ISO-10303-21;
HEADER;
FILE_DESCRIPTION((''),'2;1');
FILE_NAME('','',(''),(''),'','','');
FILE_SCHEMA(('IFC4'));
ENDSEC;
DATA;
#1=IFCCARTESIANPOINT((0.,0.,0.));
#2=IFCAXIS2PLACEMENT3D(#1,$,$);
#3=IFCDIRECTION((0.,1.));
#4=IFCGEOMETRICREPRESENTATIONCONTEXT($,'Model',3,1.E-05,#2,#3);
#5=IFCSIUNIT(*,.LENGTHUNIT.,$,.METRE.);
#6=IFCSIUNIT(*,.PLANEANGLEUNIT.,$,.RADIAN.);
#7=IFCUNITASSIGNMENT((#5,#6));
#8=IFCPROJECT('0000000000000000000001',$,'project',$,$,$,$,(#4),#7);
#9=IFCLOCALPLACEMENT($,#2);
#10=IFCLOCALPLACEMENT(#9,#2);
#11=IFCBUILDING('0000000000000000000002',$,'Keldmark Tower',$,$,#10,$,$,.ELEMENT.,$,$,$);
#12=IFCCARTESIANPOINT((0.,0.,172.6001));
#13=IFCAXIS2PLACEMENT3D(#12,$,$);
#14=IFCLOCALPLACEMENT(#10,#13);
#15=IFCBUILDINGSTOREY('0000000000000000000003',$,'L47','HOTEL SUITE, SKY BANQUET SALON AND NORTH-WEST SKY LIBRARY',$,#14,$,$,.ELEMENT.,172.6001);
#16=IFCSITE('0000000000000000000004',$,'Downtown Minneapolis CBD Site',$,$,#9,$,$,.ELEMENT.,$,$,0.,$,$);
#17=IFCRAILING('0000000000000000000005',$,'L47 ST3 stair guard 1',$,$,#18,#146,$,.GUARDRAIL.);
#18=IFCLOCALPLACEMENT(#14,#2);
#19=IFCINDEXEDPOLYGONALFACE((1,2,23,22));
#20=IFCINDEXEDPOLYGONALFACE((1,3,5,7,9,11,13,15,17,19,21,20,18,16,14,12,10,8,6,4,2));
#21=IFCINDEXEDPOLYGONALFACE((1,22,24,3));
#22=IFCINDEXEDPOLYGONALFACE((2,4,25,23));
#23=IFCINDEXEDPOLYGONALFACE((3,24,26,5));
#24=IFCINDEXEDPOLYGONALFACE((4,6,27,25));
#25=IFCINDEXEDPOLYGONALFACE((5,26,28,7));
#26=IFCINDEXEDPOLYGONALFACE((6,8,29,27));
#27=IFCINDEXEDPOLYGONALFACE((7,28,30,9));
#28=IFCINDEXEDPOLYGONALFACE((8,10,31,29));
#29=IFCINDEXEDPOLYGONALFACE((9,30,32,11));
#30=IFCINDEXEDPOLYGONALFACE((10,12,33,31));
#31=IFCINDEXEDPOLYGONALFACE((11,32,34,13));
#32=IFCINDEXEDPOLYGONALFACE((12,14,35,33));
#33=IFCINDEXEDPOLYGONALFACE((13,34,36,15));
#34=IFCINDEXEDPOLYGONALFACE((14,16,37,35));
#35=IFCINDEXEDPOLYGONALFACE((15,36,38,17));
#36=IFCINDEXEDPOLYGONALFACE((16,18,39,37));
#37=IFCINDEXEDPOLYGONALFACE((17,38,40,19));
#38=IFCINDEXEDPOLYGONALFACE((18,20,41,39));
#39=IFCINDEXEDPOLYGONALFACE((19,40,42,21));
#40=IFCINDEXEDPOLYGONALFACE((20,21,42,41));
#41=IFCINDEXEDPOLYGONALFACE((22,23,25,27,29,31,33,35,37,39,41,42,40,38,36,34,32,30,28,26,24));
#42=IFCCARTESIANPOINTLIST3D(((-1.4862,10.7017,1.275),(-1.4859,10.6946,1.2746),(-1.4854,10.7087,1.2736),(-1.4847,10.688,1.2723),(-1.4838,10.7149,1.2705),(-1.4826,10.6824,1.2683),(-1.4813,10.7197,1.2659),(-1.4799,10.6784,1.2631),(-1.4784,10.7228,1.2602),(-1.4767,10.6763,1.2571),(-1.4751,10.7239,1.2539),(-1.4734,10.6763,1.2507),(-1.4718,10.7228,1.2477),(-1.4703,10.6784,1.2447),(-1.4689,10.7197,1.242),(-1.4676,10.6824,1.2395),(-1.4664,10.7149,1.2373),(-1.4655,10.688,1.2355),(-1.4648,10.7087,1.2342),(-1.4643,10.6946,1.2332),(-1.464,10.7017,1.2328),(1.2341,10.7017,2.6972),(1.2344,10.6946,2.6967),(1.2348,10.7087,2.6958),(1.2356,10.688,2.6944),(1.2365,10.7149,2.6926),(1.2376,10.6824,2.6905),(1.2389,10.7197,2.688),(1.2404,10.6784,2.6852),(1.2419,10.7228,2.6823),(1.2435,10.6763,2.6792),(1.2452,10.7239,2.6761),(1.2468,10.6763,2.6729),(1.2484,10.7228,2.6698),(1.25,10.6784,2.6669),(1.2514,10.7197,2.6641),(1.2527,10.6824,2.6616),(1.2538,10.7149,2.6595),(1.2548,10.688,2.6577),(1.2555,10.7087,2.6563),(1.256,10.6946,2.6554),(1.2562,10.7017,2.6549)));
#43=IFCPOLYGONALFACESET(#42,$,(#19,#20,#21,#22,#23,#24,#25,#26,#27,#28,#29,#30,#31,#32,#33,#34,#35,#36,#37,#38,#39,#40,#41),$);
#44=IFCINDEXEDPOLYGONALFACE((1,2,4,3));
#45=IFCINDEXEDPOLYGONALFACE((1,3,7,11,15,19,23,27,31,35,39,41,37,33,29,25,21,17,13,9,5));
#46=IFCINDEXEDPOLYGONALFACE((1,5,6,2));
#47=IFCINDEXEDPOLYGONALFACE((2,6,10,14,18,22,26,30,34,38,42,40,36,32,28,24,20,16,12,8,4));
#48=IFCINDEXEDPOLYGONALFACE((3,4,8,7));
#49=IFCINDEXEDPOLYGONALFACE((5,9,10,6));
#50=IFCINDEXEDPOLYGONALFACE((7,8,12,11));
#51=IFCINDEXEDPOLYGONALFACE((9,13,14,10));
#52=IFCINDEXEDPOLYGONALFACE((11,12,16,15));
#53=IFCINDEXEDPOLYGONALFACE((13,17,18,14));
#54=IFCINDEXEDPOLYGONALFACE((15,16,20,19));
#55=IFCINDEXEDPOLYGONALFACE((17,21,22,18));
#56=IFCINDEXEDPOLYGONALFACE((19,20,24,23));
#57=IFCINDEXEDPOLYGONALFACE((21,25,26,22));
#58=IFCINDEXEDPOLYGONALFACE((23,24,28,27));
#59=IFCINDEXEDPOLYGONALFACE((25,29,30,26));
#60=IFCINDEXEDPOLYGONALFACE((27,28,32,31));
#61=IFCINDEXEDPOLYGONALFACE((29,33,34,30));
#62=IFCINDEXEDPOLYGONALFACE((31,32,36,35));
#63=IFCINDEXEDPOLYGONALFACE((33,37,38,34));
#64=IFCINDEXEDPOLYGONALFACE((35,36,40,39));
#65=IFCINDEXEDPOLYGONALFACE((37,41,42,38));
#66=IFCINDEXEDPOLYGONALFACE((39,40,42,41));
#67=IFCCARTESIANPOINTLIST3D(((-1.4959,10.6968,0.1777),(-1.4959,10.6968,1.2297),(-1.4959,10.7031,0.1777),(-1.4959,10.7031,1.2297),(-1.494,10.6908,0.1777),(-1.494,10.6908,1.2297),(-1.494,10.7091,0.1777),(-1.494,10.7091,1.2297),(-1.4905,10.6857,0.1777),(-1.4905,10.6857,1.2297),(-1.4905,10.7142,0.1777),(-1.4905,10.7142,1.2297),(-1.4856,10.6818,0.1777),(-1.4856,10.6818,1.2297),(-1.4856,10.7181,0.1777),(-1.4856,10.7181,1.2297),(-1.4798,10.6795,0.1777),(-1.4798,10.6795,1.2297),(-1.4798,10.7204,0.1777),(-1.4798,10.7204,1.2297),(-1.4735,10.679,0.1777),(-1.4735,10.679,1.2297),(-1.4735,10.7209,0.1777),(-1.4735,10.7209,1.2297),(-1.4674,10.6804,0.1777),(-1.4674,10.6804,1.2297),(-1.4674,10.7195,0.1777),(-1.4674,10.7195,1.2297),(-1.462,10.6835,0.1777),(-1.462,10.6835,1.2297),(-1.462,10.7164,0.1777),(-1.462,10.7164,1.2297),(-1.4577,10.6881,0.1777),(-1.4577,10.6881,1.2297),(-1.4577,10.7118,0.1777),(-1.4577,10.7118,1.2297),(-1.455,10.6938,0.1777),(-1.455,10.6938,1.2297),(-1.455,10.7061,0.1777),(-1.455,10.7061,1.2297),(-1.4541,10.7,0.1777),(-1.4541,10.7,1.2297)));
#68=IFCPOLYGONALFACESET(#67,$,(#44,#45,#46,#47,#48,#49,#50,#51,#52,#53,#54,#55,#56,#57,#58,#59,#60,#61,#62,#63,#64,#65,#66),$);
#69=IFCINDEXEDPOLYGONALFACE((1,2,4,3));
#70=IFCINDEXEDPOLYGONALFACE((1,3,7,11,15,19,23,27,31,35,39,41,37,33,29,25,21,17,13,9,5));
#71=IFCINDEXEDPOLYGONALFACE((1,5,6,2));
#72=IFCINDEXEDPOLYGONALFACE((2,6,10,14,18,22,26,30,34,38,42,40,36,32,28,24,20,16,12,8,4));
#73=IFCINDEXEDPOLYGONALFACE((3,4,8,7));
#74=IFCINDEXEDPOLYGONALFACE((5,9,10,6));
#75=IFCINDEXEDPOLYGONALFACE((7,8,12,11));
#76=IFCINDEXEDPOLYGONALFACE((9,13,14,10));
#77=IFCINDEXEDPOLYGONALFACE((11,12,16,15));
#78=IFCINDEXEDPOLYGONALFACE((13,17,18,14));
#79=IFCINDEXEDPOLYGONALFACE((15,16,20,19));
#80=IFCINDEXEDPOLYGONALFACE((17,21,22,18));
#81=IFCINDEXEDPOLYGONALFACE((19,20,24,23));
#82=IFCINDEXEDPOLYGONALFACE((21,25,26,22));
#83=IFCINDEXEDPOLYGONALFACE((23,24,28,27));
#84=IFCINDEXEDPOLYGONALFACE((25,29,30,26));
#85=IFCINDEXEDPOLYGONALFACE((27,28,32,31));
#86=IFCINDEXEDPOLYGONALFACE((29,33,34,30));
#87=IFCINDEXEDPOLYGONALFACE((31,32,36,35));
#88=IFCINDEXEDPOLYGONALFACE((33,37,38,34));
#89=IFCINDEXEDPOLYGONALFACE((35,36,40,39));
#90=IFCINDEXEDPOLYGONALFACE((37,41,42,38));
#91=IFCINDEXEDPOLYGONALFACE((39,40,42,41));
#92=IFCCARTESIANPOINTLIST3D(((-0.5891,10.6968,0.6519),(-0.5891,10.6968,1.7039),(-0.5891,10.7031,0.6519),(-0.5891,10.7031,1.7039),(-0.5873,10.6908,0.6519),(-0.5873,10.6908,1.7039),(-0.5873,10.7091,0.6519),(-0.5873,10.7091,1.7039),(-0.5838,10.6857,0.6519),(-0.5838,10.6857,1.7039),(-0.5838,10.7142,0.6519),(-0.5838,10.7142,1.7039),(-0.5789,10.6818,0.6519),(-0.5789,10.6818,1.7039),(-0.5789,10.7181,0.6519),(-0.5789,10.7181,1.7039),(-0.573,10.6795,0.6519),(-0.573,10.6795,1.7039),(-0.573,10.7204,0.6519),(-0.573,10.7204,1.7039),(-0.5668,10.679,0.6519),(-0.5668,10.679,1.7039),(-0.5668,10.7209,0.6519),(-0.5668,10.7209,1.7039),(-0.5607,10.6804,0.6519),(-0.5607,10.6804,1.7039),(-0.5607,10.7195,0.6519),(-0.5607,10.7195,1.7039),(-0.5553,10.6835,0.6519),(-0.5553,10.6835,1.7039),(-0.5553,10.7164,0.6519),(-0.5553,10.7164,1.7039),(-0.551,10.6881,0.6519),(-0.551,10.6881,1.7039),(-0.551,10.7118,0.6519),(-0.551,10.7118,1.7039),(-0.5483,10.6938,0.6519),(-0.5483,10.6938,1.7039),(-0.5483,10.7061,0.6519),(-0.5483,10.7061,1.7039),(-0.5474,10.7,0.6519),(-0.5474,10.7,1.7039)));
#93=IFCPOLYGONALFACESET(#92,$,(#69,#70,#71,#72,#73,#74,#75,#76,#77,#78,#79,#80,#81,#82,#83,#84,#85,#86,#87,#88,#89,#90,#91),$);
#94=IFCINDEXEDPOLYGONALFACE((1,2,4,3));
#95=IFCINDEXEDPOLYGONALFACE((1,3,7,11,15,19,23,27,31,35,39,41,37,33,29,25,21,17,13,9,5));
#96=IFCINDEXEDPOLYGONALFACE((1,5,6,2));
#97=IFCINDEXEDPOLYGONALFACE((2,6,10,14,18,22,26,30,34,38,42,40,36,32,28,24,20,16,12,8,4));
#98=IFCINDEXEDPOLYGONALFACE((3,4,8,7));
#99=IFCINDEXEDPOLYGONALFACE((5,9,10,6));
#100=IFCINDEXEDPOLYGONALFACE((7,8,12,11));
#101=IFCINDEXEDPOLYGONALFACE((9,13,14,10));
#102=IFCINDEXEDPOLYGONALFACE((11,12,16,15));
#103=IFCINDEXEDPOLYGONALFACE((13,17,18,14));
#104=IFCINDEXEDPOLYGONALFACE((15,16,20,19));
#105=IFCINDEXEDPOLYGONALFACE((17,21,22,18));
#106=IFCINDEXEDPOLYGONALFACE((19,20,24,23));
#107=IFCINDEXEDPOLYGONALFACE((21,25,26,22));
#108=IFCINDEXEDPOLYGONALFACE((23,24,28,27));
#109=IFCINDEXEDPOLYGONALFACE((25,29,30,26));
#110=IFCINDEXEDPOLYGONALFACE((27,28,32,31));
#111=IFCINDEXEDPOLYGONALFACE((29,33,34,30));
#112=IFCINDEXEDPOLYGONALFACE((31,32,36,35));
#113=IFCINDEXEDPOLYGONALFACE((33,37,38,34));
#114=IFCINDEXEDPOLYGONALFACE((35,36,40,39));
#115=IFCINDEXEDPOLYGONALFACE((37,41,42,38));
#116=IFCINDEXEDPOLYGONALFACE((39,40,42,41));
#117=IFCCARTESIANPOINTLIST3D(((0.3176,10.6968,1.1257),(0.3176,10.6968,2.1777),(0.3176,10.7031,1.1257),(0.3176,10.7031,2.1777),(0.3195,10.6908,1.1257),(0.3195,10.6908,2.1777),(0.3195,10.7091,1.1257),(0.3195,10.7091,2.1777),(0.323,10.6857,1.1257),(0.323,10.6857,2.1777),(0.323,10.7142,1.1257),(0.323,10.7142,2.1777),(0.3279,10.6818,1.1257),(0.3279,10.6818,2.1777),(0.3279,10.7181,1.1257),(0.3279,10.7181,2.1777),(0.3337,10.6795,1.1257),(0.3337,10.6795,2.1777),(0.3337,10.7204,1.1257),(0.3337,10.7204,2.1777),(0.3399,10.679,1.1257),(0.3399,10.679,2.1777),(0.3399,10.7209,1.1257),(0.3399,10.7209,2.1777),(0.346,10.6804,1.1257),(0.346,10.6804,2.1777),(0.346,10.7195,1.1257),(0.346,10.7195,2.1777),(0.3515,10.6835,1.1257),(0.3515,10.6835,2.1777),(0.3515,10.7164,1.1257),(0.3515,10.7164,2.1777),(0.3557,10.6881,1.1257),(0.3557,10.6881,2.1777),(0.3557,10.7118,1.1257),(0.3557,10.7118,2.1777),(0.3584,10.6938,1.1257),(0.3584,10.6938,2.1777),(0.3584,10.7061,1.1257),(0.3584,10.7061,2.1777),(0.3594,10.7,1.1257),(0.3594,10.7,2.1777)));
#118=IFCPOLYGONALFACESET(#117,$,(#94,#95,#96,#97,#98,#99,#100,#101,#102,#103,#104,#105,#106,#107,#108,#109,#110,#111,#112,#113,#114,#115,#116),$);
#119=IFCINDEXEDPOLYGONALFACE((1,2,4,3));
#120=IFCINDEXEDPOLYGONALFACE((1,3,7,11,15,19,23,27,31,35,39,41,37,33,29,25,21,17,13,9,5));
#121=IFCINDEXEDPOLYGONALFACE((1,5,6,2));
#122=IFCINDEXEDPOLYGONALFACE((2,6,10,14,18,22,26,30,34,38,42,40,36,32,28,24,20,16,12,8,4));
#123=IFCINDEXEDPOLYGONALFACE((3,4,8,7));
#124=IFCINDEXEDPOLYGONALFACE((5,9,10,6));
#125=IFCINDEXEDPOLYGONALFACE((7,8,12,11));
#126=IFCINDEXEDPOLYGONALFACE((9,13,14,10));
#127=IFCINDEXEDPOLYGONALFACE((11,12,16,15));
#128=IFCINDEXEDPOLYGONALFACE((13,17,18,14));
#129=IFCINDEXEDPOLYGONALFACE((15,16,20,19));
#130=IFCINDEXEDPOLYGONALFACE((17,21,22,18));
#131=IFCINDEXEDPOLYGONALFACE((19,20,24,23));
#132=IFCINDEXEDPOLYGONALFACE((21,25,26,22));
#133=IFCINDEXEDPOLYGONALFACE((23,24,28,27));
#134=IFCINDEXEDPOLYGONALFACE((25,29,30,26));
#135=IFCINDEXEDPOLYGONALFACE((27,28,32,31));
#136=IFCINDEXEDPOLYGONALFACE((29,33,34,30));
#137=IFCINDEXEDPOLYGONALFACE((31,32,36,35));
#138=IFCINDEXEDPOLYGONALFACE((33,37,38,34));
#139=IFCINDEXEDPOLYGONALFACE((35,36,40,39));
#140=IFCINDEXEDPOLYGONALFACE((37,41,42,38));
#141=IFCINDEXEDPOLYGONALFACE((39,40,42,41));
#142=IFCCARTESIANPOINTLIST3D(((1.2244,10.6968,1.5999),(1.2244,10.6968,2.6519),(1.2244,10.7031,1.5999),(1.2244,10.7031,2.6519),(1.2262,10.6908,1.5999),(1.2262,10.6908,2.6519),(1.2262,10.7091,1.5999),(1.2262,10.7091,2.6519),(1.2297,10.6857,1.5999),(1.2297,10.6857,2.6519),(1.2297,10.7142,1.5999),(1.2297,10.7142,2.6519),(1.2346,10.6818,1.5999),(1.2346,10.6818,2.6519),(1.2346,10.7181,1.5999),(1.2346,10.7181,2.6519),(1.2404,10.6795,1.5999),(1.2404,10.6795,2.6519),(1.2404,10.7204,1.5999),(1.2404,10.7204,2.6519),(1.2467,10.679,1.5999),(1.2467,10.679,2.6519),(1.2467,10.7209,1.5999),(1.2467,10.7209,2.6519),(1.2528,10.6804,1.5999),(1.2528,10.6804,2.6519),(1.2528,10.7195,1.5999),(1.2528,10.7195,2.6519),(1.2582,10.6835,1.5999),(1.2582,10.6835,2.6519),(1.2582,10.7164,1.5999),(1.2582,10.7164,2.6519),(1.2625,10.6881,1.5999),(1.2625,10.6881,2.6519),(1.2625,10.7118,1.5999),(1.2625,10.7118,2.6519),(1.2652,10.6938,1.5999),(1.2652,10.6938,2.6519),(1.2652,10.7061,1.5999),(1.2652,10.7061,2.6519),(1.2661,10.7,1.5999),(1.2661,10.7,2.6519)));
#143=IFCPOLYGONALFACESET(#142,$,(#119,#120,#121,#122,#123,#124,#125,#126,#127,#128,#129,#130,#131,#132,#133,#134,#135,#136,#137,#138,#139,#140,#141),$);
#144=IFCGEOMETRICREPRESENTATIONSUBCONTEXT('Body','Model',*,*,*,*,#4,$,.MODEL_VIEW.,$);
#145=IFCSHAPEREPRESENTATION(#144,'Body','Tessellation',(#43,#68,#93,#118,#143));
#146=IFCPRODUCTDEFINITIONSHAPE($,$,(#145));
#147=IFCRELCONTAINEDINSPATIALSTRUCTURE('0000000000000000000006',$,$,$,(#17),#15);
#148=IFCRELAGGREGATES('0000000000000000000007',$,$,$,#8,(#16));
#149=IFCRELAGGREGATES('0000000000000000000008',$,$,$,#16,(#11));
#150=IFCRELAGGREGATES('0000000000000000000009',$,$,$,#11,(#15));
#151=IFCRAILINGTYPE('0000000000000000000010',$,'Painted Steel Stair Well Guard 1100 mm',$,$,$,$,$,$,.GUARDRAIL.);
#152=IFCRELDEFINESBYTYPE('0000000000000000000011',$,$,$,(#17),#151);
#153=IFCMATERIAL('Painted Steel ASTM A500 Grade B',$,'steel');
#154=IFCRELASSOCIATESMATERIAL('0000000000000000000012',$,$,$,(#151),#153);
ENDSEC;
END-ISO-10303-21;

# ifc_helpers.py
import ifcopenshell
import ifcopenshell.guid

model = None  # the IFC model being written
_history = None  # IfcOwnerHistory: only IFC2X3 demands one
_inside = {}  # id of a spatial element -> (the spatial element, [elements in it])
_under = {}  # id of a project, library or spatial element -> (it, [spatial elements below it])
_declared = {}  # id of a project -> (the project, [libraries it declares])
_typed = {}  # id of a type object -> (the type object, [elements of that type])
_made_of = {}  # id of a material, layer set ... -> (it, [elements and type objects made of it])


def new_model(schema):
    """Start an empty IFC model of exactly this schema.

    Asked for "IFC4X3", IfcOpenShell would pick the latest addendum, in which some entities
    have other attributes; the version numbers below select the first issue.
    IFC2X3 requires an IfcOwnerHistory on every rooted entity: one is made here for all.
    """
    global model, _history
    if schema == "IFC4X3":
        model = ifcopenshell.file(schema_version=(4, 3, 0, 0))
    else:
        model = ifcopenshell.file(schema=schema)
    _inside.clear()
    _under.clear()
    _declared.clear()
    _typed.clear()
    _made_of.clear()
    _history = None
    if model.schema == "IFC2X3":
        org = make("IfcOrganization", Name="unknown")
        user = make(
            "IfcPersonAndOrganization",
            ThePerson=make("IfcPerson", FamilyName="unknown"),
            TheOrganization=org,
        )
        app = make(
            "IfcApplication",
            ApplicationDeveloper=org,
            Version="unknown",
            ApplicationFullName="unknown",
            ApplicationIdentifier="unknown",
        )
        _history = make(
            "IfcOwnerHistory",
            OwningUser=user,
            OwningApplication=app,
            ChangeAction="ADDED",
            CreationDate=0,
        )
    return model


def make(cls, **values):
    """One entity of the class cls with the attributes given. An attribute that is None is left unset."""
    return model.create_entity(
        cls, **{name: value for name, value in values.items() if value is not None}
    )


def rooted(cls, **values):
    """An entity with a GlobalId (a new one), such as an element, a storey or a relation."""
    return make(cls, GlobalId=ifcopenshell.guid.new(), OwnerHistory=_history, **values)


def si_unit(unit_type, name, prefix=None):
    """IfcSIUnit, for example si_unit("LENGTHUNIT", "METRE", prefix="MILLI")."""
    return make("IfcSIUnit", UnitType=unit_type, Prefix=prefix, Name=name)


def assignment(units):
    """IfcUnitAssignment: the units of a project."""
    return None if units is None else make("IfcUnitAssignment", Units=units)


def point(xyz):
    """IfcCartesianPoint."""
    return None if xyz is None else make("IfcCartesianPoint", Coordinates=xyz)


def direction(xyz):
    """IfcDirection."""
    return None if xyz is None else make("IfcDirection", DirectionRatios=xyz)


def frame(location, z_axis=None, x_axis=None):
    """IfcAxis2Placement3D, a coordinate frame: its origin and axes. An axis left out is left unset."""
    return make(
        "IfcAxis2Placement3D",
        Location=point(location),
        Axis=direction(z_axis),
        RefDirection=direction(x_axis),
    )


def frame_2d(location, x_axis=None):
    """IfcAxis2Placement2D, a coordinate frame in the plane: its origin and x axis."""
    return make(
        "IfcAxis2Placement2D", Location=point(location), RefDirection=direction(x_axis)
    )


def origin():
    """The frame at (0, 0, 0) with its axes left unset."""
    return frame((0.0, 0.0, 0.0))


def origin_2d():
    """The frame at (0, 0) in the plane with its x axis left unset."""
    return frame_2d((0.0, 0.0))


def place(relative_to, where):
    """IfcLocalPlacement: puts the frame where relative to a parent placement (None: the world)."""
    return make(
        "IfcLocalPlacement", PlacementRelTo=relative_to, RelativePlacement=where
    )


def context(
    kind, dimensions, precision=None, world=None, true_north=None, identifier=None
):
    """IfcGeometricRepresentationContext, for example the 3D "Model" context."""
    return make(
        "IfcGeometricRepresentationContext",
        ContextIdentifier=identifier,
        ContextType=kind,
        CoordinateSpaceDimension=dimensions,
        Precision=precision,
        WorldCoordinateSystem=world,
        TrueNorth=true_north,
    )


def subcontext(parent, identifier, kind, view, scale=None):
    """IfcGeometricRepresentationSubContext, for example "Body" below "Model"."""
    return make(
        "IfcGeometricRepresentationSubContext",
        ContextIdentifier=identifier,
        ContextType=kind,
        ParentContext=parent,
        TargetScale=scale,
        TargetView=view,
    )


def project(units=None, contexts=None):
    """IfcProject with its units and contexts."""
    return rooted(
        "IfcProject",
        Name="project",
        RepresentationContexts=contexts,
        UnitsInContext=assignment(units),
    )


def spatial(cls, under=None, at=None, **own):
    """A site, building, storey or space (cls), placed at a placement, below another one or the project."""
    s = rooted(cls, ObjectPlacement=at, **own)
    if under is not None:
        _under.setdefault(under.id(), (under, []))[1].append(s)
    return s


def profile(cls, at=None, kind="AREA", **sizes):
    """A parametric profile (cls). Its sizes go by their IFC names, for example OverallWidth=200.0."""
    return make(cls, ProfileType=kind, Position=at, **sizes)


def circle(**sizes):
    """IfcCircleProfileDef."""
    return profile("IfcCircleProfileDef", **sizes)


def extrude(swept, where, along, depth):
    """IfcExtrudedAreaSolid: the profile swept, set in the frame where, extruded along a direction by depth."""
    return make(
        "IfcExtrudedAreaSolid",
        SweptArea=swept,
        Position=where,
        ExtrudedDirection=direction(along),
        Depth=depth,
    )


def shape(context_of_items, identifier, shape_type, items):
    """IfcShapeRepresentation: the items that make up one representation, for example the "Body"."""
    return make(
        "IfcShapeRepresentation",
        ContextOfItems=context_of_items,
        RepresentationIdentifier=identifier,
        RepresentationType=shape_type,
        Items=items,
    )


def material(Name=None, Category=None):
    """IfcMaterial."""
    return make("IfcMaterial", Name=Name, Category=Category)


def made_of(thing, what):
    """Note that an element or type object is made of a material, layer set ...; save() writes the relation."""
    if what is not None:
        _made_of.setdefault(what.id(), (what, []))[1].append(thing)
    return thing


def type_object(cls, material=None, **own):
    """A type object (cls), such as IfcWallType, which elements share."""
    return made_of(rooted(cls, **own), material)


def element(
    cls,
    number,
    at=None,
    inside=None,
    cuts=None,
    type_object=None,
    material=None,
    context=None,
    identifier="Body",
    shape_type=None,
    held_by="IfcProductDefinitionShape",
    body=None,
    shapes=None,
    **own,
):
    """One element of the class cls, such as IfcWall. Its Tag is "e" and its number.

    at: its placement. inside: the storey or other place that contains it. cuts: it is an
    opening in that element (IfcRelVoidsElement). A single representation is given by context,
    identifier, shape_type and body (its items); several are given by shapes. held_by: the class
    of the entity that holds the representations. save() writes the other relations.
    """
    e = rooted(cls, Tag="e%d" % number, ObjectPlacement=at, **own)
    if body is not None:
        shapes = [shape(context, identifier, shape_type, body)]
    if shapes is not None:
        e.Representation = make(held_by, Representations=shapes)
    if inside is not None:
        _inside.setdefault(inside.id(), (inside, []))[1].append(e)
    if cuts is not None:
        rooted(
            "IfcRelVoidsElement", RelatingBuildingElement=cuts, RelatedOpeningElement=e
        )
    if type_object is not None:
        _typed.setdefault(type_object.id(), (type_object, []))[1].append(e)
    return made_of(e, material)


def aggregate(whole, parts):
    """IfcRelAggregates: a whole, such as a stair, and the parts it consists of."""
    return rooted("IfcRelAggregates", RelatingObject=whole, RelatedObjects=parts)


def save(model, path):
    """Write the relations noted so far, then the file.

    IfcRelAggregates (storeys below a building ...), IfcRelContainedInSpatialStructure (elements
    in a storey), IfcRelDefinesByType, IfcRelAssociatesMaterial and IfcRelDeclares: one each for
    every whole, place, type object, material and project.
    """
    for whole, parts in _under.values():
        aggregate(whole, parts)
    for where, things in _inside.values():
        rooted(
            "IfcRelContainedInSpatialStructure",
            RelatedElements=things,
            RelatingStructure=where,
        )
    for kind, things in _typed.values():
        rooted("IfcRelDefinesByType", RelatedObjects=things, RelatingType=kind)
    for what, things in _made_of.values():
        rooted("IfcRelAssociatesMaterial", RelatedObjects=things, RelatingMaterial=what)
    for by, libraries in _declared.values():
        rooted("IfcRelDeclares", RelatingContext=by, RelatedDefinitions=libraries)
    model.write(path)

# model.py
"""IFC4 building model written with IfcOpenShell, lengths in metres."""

from ifc_helpers import new_model, si_unit, direction, frame, origin, origin_2d, place, context, subcontext, project, spatial, circle, extrude, material, type_object, element, save


model = new_model("IFC4")

# Units and contexts
model_context = context("Model", 3, precision=1e-05, world=origin(), true_north=direction((0.0, 1.0)))
body_context = subcontext(model_context, "Body", "Model", "MODEL_VIEW")
ifc_project = project(units=[si_unit("LENGTHUNIT", "METRE"), si_unit("PLANEANGLEUNIT", "RADIAN")], contexts=[model_context])

# Site, building, storey
site_placement = place(None, origin())
site = spatial("IfcSite", under=ifc_project, at=site_placement, Name="Downtown Minneapolis CBD Site", CompositionType="ELEMENT", RefElevation=0.0)
building_placement = place(site_placement, origin())
building = spatial("IfcBuilding", under=site, at=building_placement, Name="Keldmark Tower", CompositionType="ELEMENT")
storey_placement = place(building_placement, frame((0.0, 0.0, 172.6001)))
storey = spatial("IfcBuildingStorey", under=building, at=storey_placement, Name="L47", Description="HOTEL SUITE, SKY BANQUET SALON AND NORTH-WEST SKY LIBRARY", CompositionType="ELEMENT", Elevation=172.6001)

# Railing
ifc_material_1 = material(Name="Painted Steel ASTM A500 Grade B", Category="steel")
railing_type = type_object("IfcRailingType", Name="Painted Steel Stair Well Guard 1100 mm", PredefinedType="GUARDRAIL", material=ifc_material_1)
railing_1_placement = place(storey_placement, frame((-1.4751, 10.7, 0.1777)))
element("IfcRailing", 1, at=railing_1_placement, inside=storey, type_object=railing_type, Name="L47 ST3 stair guard 1", PredefinedType="GUARDRAIL", context=body_context, shape_type="SweptSolid", body=[
    extrude(circle(Radius=0.0239, at=origin_2d()), frame((0.0, 0.0, 1.0762), z_axis=(0.8862, 0.0, 0.463302), x_axis=(0.0, 1.0, 0.0)), (0.0, 0.0, 1.0), 3.0696),
    extrude(circle(Radius=0.021, at=origin_2d()), origin(), (0.0, 0.0, 1.0), 1.052),
    extrude(circle(Radius=0.021, at=origin_2d()), frame((0.9067, 0.0, 0.4741)), (0.0, 0.0, 1.0), 1.052),
    extrude(circle(Radius=0.021, at=origin_2d()), frame((1.8135, 0.0, 0.948)), (0.0, 0.0, 1.0), 1.052),
    extrude(circle(Radius=0.021, at=origin_2d()), frame((2.7202, 0.0, 1.4221)), (0.0, 0.0, 1.0), 1.052),
])

save(model, "model.ifc")
